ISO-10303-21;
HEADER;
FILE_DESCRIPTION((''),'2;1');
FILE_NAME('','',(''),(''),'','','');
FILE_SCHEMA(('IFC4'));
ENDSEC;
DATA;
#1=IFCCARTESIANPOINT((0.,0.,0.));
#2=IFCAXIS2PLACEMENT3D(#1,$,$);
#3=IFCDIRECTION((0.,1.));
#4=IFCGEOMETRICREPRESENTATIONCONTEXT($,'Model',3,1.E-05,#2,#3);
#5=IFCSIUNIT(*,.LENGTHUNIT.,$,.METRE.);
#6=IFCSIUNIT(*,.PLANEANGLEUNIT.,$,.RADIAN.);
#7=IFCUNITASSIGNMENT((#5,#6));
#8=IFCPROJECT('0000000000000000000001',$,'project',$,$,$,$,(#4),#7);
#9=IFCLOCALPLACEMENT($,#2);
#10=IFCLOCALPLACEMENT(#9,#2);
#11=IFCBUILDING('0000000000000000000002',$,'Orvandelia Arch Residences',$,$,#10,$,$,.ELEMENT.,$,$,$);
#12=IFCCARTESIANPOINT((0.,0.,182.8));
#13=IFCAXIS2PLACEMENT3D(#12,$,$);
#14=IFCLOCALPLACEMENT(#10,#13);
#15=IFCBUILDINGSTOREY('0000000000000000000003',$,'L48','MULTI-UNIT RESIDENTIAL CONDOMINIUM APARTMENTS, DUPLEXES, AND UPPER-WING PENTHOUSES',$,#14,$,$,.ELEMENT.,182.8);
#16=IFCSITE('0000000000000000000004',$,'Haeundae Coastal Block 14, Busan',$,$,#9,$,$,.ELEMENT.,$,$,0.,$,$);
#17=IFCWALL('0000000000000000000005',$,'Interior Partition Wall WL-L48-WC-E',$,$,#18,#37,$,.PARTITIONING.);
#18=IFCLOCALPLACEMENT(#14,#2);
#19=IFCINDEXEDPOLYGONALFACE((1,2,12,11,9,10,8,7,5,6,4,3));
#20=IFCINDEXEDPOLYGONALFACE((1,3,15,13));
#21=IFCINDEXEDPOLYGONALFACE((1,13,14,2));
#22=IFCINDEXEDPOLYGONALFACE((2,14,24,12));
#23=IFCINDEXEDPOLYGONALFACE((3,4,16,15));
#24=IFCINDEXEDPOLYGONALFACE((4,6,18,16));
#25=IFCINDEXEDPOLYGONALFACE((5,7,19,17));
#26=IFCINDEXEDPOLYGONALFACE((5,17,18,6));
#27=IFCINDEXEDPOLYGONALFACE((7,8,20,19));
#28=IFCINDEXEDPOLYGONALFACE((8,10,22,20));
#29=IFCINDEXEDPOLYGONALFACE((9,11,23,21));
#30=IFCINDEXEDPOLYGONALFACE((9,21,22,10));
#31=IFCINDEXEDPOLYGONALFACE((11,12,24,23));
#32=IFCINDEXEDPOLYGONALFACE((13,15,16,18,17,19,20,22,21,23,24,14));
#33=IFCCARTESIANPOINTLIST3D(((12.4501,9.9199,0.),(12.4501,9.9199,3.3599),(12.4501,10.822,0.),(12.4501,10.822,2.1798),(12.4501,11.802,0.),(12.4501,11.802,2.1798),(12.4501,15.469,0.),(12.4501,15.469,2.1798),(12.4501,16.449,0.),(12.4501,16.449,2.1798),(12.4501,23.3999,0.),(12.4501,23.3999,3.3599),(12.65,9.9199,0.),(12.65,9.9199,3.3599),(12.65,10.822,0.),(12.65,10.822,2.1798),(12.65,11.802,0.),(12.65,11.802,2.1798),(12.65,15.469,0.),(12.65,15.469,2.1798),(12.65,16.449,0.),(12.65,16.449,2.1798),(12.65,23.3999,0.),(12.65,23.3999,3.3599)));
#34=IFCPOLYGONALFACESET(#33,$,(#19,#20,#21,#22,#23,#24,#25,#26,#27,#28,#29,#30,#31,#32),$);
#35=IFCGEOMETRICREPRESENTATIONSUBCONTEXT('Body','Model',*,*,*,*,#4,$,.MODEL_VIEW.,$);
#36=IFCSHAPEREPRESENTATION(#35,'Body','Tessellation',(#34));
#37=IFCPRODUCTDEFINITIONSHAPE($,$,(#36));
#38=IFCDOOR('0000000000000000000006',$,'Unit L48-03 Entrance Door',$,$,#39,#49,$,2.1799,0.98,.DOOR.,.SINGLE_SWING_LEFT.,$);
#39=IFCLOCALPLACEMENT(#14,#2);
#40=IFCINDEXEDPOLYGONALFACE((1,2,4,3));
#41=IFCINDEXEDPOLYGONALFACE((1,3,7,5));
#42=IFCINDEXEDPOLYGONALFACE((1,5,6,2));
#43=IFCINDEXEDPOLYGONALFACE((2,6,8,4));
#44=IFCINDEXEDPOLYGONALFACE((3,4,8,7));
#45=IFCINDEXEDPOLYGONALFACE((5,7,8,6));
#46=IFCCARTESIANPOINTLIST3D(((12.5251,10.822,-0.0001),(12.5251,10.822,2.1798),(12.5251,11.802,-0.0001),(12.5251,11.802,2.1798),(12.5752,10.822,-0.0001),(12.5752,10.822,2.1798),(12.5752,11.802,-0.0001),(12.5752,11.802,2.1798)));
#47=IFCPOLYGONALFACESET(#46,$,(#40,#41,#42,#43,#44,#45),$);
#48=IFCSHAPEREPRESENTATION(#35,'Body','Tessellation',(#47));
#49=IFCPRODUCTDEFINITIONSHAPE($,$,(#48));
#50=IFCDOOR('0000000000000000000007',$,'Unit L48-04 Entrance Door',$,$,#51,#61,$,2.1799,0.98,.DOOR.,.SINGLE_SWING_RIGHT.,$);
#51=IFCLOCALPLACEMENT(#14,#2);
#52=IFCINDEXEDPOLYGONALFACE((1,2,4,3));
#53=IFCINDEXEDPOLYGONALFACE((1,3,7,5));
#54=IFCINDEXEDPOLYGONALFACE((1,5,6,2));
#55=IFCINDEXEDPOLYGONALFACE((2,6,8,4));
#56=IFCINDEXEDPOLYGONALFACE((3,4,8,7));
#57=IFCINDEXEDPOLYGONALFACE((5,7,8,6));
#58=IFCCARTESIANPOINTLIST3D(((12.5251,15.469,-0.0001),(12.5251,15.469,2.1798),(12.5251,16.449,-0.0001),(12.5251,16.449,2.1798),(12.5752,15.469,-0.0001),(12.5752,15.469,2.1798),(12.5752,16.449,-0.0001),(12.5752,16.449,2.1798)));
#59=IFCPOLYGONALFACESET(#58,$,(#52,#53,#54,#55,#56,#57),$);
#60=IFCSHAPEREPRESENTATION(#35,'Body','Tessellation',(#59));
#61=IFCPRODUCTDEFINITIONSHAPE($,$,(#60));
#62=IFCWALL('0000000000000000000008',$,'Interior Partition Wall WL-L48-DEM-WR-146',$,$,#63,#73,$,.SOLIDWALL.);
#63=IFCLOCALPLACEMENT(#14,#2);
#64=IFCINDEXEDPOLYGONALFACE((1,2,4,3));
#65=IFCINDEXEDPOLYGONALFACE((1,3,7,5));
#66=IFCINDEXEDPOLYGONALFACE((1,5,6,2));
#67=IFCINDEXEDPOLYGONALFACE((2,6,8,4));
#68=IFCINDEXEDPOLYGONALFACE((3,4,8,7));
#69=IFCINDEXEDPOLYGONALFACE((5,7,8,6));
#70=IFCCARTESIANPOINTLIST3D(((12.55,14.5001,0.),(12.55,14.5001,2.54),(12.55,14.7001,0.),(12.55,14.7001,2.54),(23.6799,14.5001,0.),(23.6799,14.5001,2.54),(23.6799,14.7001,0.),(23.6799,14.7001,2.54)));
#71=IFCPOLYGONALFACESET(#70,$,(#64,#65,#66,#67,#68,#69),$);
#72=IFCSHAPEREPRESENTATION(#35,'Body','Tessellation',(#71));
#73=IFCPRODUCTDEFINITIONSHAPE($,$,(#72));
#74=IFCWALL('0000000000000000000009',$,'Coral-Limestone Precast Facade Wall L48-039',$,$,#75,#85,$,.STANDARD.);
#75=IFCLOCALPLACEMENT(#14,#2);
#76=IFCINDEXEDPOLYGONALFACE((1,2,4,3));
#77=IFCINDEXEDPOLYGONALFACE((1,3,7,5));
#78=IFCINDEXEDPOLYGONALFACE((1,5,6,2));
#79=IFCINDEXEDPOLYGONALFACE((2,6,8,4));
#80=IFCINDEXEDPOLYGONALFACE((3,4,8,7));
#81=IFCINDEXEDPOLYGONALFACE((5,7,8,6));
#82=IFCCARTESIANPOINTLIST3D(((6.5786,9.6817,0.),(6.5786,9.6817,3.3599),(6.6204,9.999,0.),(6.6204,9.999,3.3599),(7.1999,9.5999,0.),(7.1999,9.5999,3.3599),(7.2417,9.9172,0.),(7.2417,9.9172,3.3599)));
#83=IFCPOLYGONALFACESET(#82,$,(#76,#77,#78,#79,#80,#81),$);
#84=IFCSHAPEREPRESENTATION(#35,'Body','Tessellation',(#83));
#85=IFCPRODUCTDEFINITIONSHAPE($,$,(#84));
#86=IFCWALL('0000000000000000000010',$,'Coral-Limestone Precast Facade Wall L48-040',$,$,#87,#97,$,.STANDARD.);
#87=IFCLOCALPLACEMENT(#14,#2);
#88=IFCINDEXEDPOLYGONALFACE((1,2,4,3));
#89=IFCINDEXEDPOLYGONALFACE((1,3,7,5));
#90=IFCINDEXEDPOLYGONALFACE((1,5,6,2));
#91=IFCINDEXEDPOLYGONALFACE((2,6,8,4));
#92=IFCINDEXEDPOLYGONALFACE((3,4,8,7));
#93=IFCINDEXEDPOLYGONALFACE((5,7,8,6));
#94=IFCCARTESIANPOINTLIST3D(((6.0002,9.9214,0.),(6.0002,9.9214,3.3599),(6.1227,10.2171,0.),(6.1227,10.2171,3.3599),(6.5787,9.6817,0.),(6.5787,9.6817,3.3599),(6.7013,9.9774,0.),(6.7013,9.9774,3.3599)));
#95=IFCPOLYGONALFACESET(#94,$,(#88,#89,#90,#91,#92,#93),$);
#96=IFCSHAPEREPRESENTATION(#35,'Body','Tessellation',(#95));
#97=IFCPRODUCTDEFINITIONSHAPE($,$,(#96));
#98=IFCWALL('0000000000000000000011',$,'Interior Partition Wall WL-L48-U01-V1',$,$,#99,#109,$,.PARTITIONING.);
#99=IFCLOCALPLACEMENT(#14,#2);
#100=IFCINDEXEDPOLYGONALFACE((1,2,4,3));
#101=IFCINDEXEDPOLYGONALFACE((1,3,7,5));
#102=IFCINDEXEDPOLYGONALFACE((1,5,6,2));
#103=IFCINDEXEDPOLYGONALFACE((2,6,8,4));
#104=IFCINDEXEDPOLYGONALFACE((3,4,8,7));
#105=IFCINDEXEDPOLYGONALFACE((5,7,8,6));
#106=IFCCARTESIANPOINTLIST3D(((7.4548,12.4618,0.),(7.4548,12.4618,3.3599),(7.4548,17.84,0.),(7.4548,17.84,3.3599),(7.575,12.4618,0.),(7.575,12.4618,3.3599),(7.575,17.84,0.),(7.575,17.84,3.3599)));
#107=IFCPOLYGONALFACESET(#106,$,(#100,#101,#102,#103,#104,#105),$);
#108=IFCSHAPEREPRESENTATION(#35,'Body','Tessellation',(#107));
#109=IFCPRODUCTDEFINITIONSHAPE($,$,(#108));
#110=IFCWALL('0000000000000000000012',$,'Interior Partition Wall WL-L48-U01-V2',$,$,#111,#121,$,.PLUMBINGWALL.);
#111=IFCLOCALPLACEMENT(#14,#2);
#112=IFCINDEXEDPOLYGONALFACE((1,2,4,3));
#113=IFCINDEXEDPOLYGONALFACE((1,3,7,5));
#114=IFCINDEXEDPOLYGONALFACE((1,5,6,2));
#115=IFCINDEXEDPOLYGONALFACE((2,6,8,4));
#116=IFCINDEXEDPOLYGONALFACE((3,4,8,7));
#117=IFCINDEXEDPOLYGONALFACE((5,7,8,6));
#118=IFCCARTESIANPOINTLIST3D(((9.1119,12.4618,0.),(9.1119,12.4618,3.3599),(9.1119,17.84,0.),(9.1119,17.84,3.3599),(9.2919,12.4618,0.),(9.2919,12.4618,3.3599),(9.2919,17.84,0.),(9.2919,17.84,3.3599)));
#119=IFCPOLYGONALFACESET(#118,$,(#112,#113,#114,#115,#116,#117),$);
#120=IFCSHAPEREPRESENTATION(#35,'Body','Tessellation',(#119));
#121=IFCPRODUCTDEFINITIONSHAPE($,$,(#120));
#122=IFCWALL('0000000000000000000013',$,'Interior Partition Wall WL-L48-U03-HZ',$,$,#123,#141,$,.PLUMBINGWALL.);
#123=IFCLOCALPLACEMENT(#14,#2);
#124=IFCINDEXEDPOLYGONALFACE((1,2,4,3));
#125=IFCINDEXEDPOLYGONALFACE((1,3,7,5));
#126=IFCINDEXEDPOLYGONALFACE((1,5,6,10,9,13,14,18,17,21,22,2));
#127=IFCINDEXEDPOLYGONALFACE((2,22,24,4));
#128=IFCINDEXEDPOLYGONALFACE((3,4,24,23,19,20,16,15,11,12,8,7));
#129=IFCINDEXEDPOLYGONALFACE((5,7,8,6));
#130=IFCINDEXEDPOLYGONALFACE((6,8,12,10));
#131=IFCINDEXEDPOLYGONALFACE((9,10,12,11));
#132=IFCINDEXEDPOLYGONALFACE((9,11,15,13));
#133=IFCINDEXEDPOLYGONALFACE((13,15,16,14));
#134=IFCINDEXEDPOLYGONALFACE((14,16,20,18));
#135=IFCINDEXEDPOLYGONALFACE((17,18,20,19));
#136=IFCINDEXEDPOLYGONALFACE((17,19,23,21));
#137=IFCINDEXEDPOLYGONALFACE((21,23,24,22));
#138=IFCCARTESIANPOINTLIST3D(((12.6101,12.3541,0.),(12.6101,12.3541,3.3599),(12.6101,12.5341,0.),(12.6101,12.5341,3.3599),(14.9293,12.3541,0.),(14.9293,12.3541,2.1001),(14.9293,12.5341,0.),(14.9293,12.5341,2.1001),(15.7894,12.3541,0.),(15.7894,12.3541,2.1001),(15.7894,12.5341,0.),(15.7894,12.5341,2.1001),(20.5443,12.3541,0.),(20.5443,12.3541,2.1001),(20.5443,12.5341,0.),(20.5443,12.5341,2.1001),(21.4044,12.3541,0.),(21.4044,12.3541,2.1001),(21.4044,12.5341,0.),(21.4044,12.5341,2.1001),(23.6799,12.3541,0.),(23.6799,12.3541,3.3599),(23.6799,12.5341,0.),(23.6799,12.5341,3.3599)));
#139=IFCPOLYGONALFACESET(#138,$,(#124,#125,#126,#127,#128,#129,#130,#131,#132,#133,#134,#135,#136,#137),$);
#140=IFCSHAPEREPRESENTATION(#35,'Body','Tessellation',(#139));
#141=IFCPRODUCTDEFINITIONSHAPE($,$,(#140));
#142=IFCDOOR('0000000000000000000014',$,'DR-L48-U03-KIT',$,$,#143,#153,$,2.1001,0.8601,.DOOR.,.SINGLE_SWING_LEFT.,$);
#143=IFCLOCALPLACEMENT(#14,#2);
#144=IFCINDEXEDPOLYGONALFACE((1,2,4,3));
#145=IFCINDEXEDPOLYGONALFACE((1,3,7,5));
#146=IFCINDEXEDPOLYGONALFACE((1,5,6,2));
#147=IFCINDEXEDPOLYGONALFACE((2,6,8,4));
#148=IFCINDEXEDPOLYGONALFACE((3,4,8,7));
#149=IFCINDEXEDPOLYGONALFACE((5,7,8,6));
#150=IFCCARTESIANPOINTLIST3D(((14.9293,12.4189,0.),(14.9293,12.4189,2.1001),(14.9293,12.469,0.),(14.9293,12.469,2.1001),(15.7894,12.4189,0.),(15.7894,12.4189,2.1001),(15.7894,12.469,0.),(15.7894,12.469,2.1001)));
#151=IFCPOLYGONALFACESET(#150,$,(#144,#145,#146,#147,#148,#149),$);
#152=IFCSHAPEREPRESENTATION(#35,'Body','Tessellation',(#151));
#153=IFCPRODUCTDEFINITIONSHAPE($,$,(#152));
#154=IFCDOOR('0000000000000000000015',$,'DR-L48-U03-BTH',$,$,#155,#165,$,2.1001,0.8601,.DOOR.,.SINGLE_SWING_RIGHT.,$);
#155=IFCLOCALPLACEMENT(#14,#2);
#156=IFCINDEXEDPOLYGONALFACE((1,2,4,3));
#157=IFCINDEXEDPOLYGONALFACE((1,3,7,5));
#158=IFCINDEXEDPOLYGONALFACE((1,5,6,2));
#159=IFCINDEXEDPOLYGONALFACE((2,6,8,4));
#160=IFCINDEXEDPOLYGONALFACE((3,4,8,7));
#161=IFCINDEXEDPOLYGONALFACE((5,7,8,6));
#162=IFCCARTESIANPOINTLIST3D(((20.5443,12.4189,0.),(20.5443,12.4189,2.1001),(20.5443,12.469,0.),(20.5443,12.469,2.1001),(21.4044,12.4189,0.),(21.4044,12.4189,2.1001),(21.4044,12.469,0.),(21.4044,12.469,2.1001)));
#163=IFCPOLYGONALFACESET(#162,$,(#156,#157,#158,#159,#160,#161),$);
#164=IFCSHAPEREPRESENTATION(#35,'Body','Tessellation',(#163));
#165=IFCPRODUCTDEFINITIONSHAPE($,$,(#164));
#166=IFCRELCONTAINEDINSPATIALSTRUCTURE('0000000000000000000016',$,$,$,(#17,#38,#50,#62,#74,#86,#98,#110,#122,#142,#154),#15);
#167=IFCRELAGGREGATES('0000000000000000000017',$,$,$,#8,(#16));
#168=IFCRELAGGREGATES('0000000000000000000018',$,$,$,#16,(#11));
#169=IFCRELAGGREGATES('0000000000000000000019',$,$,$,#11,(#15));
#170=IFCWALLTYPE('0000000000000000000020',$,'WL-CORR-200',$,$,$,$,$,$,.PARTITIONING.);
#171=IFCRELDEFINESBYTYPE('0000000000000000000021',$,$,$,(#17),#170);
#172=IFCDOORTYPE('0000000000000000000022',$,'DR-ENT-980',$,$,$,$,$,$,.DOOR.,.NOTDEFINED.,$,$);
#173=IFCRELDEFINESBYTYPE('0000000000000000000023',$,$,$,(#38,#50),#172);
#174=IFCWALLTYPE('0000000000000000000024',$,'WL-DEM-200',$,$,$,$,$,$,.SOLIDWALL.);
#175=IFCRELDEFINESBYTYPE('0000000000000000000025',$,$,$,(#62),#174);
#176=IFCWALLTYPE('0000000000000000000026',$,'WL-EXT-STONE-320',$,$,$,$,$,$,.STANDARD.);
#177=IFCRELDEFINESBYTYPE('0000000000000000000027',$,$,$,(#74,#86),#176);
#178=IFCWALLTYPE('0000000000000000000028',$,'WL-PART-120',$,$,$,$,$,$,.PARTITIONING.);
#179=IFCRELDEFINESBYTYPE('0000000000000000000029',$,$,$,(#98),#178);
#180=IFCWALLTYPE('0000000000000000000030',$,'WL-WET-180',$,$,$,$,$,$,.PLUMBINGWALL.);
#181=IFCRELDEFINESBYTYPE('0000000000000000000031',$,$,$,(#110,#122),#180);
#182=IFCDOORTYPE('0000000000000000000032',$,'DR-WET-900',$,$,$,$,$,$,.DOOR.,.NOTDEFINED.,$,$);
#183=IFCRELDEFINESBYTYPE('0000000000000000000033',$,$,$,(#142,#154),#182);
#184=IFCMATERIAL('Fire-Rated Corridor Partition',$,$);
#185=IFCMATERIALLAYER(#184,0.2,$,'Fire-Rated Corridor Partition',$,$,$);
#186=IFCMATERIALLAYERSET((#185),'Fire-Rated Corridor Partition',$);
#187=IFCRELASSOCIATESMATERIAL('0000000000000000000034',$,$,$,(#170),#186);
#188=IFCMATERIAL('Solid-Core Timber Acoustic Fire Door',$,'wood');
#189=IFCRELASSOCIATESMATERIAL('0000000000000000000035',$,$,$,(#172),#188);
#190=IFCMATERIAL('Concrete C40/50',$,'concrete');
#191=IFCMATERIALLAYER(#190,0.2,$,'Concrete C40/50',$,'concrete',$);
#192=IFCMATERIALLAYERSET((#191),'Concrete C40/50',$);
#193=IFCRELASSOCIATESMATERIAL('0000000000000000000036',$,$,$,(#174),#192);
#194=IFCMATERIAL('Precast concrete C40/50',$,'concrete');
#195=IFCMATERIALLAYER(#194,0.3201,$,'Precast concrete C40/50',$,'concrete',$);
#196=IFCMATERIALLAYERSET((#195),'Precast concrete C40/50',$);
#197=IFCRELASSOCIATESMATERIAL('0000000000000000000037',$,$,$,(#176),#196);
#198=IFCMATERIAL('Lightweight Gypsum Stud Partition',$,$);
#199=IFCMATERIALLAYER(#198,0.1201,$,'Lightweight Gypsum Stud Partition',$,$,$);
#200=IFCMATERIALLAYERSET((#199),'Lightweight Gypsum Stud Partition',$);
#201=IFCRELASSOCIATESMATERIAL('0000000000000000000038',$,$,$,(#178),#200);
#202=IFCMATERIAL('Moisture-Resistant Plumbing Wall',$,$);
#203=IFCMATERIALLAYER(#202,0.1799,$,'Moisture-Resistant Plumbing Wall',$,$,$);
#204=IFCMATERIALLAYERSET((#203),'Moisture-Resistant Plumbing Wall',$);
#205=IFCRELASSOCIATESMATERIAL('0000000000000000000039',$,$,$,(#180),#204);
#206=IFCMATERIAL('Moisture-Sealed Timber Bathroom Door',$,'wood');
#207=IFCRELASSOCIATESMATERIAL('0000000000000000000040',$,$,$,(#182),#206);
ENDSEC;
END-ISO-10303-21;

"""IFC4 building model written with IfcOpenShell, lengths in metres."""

from ifc_helpers import new_model, si_unit, direction, frame, frame_2d, origin, place, context, subcontext, project, spatial, rectangle, extrude, material, layer, layer_set, type_object, element, fill, save


model = new_model("IFC4")

# Units and contexts
model_context = context("Model", 3, precision=1e-05, world=origin(), true_north=direction((0.0, 1.0)))
body_context = subcontext(model_context, "Body", "Model", "MODEL_VIEW")
ifc_project = project(units=[si_unit("LENGTHUNIT", "METRE"), si_unit("PLANEANGLEUNIT", "RADIAN")], contexts=[model_context])

# Site, building, storey
site_placement = place(None, origin())
site = spatial("IfcSite", under=ifc_project, at=site_placement, Name="Haeundae Coastal Block 14, Busan", CompositionType="ELEMENT", RefElevation=0.0)
building_placement = place(site_placement, origin())
building = spatial("IfcBuilding", under=site, at=building_placement, Name="Orvandelia Arch Residences", CompositionType="ELEMENT")
storey_placement = place(building_placement, frame((0.0, 0.0, 182.8)))
storey = spatial("IfcBuildingStorey", under=building, at=storey_placement, Name="L48", Description="MULTI-UNIT RESIDENTIAL CONDOMINIUM APARTMENTS, DUPLEXES, AND UPPER-WING PENTHOUSES", CompositionType="ELEMENT", Elevation=182.8)

# Wall, openings, doors
ifc_material_1 = material(Name="Fire-Rated Corridor Partition")
ifc_layer_1 = layer(ifc_material_1, 0.2, Name="Fire-Rated Corridor Partition")
ifc_layer_set_1 = layer_set([ifc_layer_1], Name="Fire-Rated Corridor Partition")
wall_type_1 = type_object("IfcWallType", Name="WL-CORR-200", PredefinedType="PARTITIONING", material=ifc_layer_set_1)
ifc_material_2 = material(Name="Solid-Core Timber Acoustic Fire Door", Category="wood")
door_type_1 = type_object("IfcDoorType", Name="DR-ENT-980", OperationType="NOTDEFINED", PredefinedType="DOOR", material=ifc_material_2)
wall_1_placement = place(storey_placement, frame((12.55, 9.9199, 0.0), z_axis=(0.0, 0.0, 1.0), x_axis=(0.0, 1.0, 0.0)))
wall_1 = element("IfcWall", 1, at=wall_1_placement, inside=storey, type_object=wall_type_1, Name="Interior Partition Wall WL-L48-WC-E", PredefinedType="PARTITIONING", context=body_context, shape_type="SweptSolid", body=[
    extrude(rectangle(XDim=13.48, YDim=0.2, at=frame_2d((6.74, 0.0))), origin(), (0.0, 0.0, 1.0), 3.3599),
])
opening_1_placement = place(wall_1_placement, frame((0.9021, 0.0, 0.0)))
opening_1 = element("IfcOpeningElement", 2, at=opening_1_placement, cuts=wall_1, PredefinedType="OPENING", context=body_context, shape_type="SweptSolid", body=[
    extrude(rectangle(XDim=0.98, YDim=2.1799, at=frame_2d((0.49, 1.0898))), frame((0.0, 0.1099, 0.0), z_axis=(0.0, -1.0, 0.0), x_axis=(1.0, 0.0, 0.0)), (0.0, 0.0, 1.0), 0.22),
])
opening_2_placement = place(wall_1_placement, frame((5.5491, 0.0, 0.0)))
opening_2 = element("IfcOpeningElement", 3, at=opening_2_placement, cuts=wall_1, PredefinedType="OPENING", context=body_context, shape_type="SweptSolid", body=[
    extrude(rectangle(XDim=0.98, YDim=2.1799, at=frame_2d((0.49, 1.0898))), frame((0.0, 0.1099, 0.0), z_axis=(0.0, -1.0, 0.0), x_axis=(1.0, 0.0, 0.0)), (0.0, 0.0, 1.0), 0.22),
])
door_1_placement = place(opening_1_placement, origin())
door_1 = element("IfcDoor", 4, at=door_1_placement, inside=storey, type_object=door_type_1, Name="Unit L48-03 Entrance Door", OperationType="SINGLE_SWING_LEFT", OverallHeight=2.1799, OverallWidth=0.98, PredefinedType="DOOR", context=body_context, shape_type="SweptSolid", body=[
    extrude(rectangle(XDim=0.98, YDim=2.1799, at=frame_2d((0.49, 1.0898))), frame((0.0, 0.0249, 0.0), z_axis=(0.0, -1.0, 0.0), x_axis=(1.0, 0.0, 0.0)), (0.0, 0.0, 1.0), 0.05),
])
fill(opening_1, door_1)
door_2_placement = place(opening_2_placement, origin())
door_2 = element("IfcDoor", 5, at=door_2_placement, inside=storey, type_object=door_type_1, Name="Unit L48-04 Entrance Door", OperationType="SINGLE_SWING_RIGHT", OverallHeight=2.1799, OverallWidth=0.98, PredefinedType="DOOR", context=body_context, shape_type="SweptSolid", body=[
    extrude(rectangle(XDim=0.98, YDim=2.1799, at=frame_2d((0.49, 1.0898))), frame((0.0, 0.0249, 0.0), z_axis=(0.0, -1.0, 0.0), x_axis=(1.0, 0.0, 0.0)), (0.0, 0.0, 1.0), 0.05),
])
fill(opening_2, door_2)

# Walls
ifc_material_3 = material(Name="Concrete C40/50", Category="concrete")
ifc_layer_2 = layer(ifc_material_3, 0.2, Name="Concrete C40/50", Category="concrete")
ifc_layer_set_2 = layer_set([ifc_layer_2], Name="Concrete C40/50")
wall_type_2 = type_object("IfcWallType", Name="WL-DEM-200", PredefinedType="SOLIDWALL", material=ifc_layer_set_2)
wall_2_placement = place(storey_placement, frame((12.55, 14.6001, 0.0), z_axis=(0.0, 0.0, 1.0), x_axis=(1.0, 0.0, 0.0)))
element("IfcWall", 6, at=wall_2_placement, inside=storey, type_object=wall_type_2, Name="Interior Partition Wall WL-L48-DEM-WR-146", PredefinedType="SOLIDWALL", context=body_context, shape_type="SweptSolid", body=[
    extrude(rectangle(XDim=11.1299, YDim=0.2, at=frame_2d((5.5649, 0.0))), origin(), (0.0, 0.0, 1.0), 2.54),
])
ifc_material_4 = material(Name="Precast concrete C40/50", Category="concrete")
ifc_layer_3 = layer(ifc_material_4, 0.3201, Name="Precast concrete C40/50", Category="concrete")
ifc_layer_set_3 = layer_set([ifc_layer_3], Name="Precast concrete C40/50")
wall_type_3 = type_object("IfcWallType", Name="WL-EXT-STONE-320", PredefinedType="STANDARD", material=ifc_layer_set_3)
wall_3_placement = place(storey_placement, frame((7.2209, 9.7585, 0.0), z_axis=(0.0, 0.0, 1.0), x_axis=(-0.991448, 0.130505, 0.0)))
element("IfcWall", 7, at=wall_3_placement, inside=storey, type_object=wall_type_3, Name="Coral-Limestone Precast Facade Wall L48-039", PredefinedType="STANDARD", context=body_context, shape_type="SweptSolid", body=[
    extrude(rectangle(XDim=0.6267, YDim=0.3201, at=frame_2d((0.3135, 0.0))), origin(), (0.0, 0.0, 1.0), 3.3599),
])
wall_4_placement = place(storey_placement, frame((6.6399, 9.8296, 0.0), z_axis=(0.0, 0.0, 1.0), x_axis=(-0.923836, 0.382788, 0.0)))
element("IfcWall", 8, at=wall_4_placement, inside=storey, type_object=wall_type_3, Name="Coral-Limestone Precast Facade Wall L48-040", PredefinedType="STANDARD", context=body_context, shape_type="SweptSolid", body=[
    extrude(rectangle(XDim=0.6262, YDim=0.3201, at=frame_2d((0.313, 0.0))), origin(), (0.0, 0.0, 1.0), 3.3599),
])
ifc_material_5 = material(Name="Lightweight Gypsum Stud Partition")
ifc_layer_4 = layer(ifc_material_5, 0.1201, Name="Lightweight Gypsum Stud Partition")
ifc_layer_set_4 = layer_set([ifc_layer_4], Name="Lightweight Gypsum Stud Partition")
wall_type_4 = type_object("IfcWallType", Name="WL-PART-120", PredefinedType="PARTITIONING", material=ifc_layer_set_4)
wall_5_placement = place(storey_placement, frame((7.5149, 12.4619, 0.0), z_axis=(0.0, 0.0, 1.0), x_axis=(0.0, 1.0, 0.0)))
element("IfcWall", 9, at=wall_5_placement, inside=storey, type_object=wall_type_4, Name="Interior Partition Wall WL-L48-U01-V1", PredefinedType="PARTITIONING", context=body_context, shape_type="SweptSolid", body=[
    extrude(rectangle(XDim=5.3782, YDim=0.1201, at=frame_2d((2.689, 0.0))), origin(), (0.0, 0.0, 1.0), 3.3599),
])
ifc_material_6 = material(Name="Moisture-Resistant Plumbing Wall")
ifc_layer_5 = layer(ifc_material_6, 0.1799, Name="Moisture-Resistant Plumbing Wall")
ifc_layer_set_5 = layer_set([ifc_layer_5], Name="Moisture-Resistant Plumbing Wall")
wall_type_5 = type_object("IfcWallType", Name="WL-WET-180", PredefinedType="PLUMBINGWALL", material=ifc_layer_set_5)
wall_6_placement = place(storey_placement, frame((9.2019, 12.4619, 0.0), z_axis=(0.0, 0.0, 1.0), x_axis=(0.0, 1.0, 0.0)))
element("IfcWall", 10, at=wall_6_placement, inside=storey, type_object=wall_type_5, Name="Interior Partition Wall WL-L48-U01-V2", PredefinedType="PLUMBINGWALL", context=body_context, shape_type="SweptSolid", body=[
    extrude(rectangle(XDim=5.3782, YDim=0.1799, at=frame_2d((2.689, 0.0))), origin(), (0.0, 0.0, 1.0), 3.3599),
])

# Wall, openings, doors
wall_7_placement = place(storey_placement, frame((12.6101, 12.4441, 0.0), z_axis=(0.0, 0.0, 1.0), x_axis=(1.0, 0.0, 0.0)))
wall_7 = element("IfcWall", 11, at=wall_7_placement, inside=storey, type_object=wall_type_5, Name="Interior Partition Wall WL-L48-U03-HZ", PredefinedType="PLUMBINGWALL", context=body_context, shape_type="SweptSolid", body=[
    extrude(rectangle(XDim=11.0698, YDim=0.1799, at=frame_2d((5.5349, 0.0))), origin(), (0.0, 0.0, 1.0), 3.3599),
])
opening_3_placement = place(wall_7_placement, frame((2.3191, 0.0, 0.0)))
opening_3 = element("IfcOpeningElement", 12, at=opening_3_placement, cuts=wall_7, PredefinedType="OPENING", context=body_context, shape_type="SweptSolid", body=[
    extrude(rectangle(XDim=0.8601, YDim=2.1001, at=frame_2d((0.4302, 1.05))), frame((0.0, 0.1001, 0.0), z_axis=(0.0, -1.0, 0.0), x_axis=(1.0, 0.0, 0.0)), (0.0, 0.0, 1.0), 0.2),
])
opening_4_placement = place(wall_7_placement, frame((7.9341, 0.0, 0.0)))
opening_4 = element("IfcOpeningElement", 13, at=opening_4_placement, cuts=wall_7, PredefinedType="OPENING", context=body_context, shape_type="SweptSolid", body=[
    extrude(rectangle(XDim=0.8601, YDim=2.1001, at=frame_2d((0.4302, 1.05))), frame((0.0, 0.1001, 0.0), z_axis=(0.0, -1.0, 0.0), x_axis=(1.0, 0.0, 0.0)), (0.0, 0.0, 1.0), 0.2),
])
ifc_material_7 = material(Name="Moisture-Sealed Timber Bathroom Door", Category="wood")
door_type_2 = type_object("IfcDoorType", Name="DR-WET-900", OperationType="NOTDEFINED", PredefinedType="DOOR", material=ifc_material_7)
door_3_placement = place(opening_3_placement, origin())
door_3 = element("IfcDoor", 14, at=door_3_placement, inside=storey, type_object=door_type_2, Name="DR-L48-U03-KIT", OperationType="SINGLE_SWING_LEFT", OverallHeight=2.1001, OverallWidth=0.8601, PredefinedType="DOOR", context=body_context, shape_type="SweptSolid", body=[
    extrude(rectangle(XDim=0.8601, YDim=2.1001, at=frame_2d((0.4302, 1.05))), frame((0.0, 0.0249, 0.0), z_axis=(0.0, -1.0, 0.0), x_axis=(1.0, 0.0, 0.0)), (0.0, 0.0, 1.0), 0.05),
])
fill(opening_3, door_3)
door_4_placement = place(opening_4_placement, origin())
door_4 = element("IfcDoor", 15, at=door_4_placement, inside=storey, type_object=door_type_2, Name="DR-L48-U03-BTH", OperationType="SINGLE_SWING_RIGHT", OverallHeight=2.1001, OverallWidth=0.8601, PredefinedType="DOOR", context=body_context, shape_type="SweptSolid", body=[
    extrude(rectangle(XDim=0.8601, YDim=2.1001, at=frame_2d((0.4302, 1.05))), frame((0.0, 0.0249, 0.0), z_axis=(0.0, -1.0, 0.0), x_axis=(1.0, 0.0, 0.0)), (0.0, 0.0, 1.0), 0.05),
])
fill(opening_4, door_4)

save(model, "model.ifc")
